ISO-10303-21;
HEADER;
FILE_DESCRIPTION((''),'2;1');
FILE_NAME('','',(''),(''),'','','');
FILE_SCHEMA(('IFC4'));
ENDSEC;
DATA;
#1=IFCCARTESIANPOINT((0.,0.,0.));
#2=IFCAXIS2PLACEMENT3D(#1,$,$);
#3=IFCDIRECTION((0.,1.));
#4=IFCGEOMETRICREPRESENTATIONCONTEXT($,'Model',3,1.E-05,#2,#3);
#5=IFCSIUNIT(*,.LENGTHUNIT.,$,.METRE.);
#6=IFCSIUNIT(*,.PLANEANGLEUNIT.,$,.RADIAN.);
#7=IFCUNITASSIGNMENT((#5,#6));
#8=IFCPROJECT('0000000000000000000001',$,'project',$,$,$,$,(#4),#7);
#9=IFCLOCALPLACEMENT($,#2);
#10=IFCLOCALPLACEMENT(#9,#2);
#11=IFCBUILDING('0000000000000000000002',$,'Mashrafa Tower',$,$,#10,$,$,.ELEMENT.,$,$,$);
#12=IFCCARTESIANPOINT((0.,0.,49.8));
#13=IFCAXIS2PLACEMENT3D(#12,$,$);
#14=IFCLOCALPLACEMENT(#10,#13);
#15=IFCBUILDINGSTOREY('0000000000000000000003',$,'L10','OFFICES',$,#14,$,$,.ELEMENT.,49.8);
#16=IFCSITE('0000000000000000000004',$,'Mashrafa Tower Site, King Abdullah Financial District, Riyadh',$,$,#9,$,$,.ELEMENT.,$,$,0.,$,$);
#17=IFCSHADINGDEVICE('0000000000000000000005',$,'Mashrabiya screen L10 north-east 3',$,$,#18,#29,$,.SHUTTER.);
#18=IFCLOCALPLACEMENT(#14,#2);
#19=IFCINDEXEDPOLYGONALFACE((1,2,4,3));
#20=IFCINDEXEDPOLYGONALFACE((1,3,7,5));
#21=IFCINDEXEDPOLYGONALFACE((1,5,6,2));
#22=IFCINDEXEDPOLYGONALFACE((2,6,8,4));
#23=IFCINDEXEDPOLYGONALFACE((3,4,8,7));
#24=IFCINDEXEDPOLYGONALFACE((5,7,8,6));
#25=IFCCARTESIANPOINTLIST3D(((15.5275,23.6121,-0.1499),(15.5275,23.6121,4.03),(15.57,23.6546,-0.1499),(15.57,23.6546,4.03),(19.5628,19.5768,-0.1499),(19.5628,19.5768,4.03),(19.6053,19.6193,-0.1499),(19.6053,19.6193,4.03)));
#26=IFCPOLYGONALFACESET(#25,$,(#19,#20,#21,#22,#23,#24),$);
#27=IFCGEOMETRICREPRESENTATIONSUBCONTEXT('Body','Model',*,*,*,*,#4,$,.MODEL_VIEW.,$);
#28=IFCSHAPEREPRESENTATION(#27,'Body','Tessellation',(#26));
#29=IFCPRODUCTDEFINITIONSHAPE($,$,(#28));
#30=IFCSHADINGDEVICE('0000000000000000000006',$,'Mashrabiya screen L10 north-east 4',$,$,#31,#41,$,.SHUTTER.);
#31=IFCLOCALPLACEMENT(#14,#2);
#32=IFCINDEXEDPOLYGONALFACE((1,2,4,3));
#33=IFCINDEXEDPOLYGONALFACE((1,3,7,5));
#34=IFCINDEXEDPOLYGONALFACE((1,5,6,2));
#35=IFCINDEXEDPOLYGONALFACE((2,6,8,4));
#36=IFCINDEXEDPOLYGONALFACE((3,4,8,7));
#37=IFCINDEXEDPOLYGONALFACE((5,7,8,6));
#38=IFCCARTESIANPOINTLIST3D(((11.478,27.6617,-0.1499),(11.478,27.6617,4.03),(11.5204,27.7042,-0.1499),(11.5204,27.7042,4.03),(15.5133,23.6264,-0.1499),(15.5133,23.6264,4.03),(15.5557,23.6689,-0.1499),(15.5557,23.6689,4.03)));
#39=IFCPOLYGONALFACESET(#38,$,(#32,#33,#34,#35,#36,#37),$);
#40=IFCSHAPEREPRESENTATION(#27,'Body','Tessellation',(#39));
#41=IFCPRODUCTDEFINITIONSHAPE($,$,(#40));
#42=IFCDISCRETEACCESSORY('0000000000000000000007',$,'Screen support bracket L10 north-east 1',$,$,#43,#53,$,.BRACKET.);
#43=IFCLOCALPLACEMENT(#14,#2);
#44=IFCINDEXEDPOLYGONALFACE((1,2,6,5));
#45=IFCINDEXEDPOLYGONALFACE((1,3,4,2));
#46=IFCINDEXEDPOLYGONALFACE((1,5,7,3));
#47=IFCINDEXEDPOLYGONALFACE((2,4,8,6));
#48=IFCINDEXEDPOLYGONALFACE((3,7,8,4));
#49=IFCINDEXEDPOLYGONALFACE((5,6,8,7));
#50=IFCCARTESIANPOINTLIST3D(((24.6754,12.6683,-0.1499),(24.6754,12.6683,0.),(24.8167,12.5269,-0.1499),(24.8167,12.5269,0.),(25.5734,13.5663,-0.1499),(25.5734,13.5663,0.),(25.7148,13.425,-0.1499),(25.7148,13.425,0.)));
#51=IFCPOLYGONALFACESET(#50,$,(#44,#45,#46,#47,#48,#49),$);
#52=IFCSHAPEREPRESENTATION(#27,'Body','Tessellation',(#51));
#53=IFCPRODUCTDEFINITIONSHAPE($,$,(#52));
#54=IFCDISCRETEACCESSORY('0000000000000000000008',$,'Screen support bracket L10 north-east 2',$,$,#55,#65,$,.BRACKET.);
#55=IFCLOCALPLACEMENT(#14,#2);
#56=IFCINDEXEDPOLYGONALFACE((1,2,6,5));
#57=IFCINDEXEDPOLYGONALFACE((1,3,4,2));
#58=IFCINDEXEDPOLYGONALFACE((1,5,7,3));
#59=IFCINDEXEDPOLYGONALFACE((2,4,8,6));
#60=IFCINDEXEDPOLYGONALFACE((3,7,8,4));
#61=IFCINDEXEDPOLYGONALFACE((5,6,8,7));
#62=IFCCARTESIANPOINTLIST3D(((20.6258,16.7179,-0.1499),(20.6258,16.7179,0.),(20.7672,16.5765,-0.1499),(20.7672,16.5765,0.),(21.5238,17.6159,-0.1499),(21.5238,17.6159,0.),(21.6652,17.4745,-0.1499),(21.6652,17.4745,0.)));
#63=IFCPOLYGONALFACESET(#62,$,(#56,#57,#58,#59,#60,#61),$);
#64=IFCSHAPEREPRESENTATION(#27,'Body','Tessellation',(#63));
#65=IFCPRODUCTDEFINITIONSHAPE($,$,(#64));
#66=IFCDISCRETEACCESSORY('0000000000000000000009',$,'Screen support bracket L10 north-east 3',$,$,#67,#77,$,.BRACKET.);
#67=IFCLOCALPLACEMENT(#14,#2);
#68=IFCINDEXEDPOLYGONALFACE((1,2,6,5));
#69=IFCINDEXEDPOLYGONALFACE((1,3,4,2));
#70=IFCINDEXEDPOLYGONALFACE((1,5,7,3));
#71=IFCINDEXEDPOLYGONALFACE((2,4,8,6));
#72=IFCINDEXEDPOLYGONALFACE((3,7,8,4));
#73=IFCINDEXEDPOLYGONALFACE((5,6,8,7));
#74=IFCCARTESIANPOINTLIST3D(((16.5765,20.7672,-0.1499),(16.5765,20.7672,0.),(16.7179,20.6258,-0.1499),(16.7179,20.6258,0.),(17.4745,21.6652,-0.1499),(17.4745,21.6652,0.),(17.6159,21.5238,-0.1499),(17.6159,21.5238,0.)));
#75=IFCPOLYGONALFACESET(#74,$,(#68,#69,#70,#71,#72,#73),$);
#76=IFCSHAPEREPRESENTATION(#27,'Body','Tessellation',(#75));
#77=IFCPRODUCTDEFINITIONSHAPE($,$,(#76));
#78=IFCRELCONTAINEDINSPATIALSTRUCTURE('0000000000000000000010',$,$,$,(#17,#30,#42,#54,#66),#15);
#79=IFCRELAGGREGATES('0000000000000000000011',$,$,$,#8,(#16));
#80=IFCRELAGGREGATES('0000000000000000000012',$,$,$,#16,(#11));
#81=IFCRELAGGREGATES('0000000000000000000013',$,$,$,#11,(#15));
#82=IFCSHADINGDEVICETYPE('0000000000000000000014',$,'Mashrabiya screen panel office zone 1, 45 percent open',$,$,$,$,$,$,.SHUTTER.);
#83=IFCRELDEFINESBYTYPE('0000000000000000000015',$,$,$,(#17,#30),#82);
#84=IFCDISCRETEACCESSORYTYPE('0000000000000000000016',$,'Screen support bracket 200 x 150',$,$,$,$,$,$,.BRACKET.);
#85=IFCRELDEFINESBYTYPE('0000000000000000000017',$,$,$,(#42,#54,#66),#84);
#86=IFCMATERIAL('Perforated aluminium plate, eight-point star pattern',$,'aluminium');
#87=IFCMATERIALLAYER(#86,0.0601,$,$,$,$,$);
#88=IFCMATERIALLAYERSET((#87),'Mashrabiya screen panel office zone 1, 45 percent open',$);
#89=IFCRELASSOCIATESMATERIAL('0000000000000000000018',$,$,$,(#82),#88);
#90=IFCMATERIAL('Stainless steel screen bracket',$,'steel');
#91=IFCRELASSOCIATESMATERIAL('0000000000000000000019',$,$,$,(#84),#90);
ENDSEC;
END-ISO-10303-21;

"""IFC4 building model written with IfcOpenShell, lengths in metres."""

from ifc_helpers import new_model, si_unit, direction, frame, origin, origin_2d, place, context, subcontext, project, spatial, rectangle, extrude, source, transform, mapped, material, layer, layer_set, type_object, type_shapes, element, save


model = new_model("IFC4")

# Units and contexts
model_context = context("Model", 3, precision=1e-05, world=origin(), true_north=direction((0.0, 1.0)))
body_context = subcontext(model_context, "Body", "Model", "MODEL_VIEW")
ifc_project = project(units=[si_unit("LENGTHUNIT", "METRE"), si_unit("PLANEANGLEUNIT", "RADIAN")], contexts=[model_context])

# Site, building, storey
site_placement = place(None, origin())
site = spatial("IfcSite", under=ifc_project, at=site_placement, Name="Mashrafa Tower Site, King Abdullah Financial District, Riyadh", CompositionType="ELEMENT", RefElevation=0.0)
building_placement = place(site_placement, origin())
building = spatial("IfcBuilding", under=site, at=building_placement, Name="Mashrafa Tower", CompositionType="ELEMENT")
storey_placement = place(building_placement, frame((0.0, 0.0, 49.8)))
storey = spatial("IfcBuildingStorey", under=building, at=storey_placement, Name="L10", Description="OFFICES", CompositionType="ELEMENT", Elevation=49.8)

# Shading devices
ifc_material_1 = material(Name="Perforated aluminium plate, eight-point star pattern", Category="aluminium")
ifc_layer_1 = layer(ifc_material_1, 0.0601)
ifc_layer_set_1 = layer_set([ifc_layer_1], Name="Mashrabiya screen panel office zone 1, 45 percent open")
shading_device_type = type_object("IfcShadingDeviceType", Name="Mashrabiya screen panel office zone 1, 45 percent open", PredefinedType="SHUTTER", material=ifc_layer_set_1)
shared_shape_1 = source(origin(), body_context, "Body", "SweptSolid", [
    extrude(rectangle(XDim=5.7068, YDim=0.0601, at=origin_2d()), origin(), (0.0, 0.0, 1.0), 4.1799),
])
type_shapes(shading_device_type, [shared_shape_1])
for number, where, z_axis, x_axis, name in (
    (1, (17.5664, 21.6157, -0.1499), (0.0, 0.0, 1.0), (-0.707107, 0.707107, 0.0), "Mashrabiya screen L10 north-east 3"),
    (2, (13.5168, 25.6653, -0.1499), (0.0, 0.0, 1.0), (-0.707107, 0.707107, 0.0), "Mashrabiya screen L10 north-east 4"),
):
    element("IfcShadingDevice", number, at=place(storey_placement, frame(where, z_axis=z_axis, x_axis=x_axis)), inside=storey, type_object=shading_device_type, Name=name, PredefinedType="SHUTTER", context=body_context, shape_type="MappedRepresentation", body=[
        mapped(shared_shape_1, transform((0.0, 0.0, 0.0))),
    ])

# Discrete accessories
ifc_material_2 = material(Name="Stainless steel screen bracket", Category="steel")
discrete_accessory_type = type_object("IfcDiscreteAccessoryType", Name="Screen support bracket 200 x 150", PredefinedType="BRACKET", material=ifc_material_2)
shared_shape_2 = source(origin(), body_context, "Body", "SweptSolid", [
    extrude(rectangle(XDim=0.2, YDim=1.27, at=origin_2d()), origin(), (0.0, 0.0, 1.0), 0.1499),
])
type_shapes(discrete_accessory_type, [shared_shape_2])
for number, where, z_axis, x_axis, name in (
    (3, (25.1951, 13.0466, -0.1499), (0.0, 0.0, 1.0), (-0.707107, 0.707107, 0.0), "Screen support bracket L10 north-east 1"),
    (4, (21.1455, 17.0962, -0.1499), (0.0, 0.0, 1.0), (-0.707107, 0.707107, 0.0), "Screen support bracket L10 north-east 2"),
    (5, (17.0962, 21.1455, -0.1499), (0.0, 0.0, 1.0), (-0.707107, 0.707107, 0.0), "Screen support bracket L10 north-east 3"),
):
    element("IfcDiscreteAccessory", number, at=place(storey_placement, frame(where, z_axis=z_axis, x_axis=x_axis)), inside=storey, type_object=discrete_accessory_type, Name=name, PredefinedType="BRACKET", context=body_context, shape_type="MappedRepresentation", body=[
        mapped(shared_shape_2, transform((0.0, 0.0, 0.0))),
    ])

save(model, "model.ifc")
